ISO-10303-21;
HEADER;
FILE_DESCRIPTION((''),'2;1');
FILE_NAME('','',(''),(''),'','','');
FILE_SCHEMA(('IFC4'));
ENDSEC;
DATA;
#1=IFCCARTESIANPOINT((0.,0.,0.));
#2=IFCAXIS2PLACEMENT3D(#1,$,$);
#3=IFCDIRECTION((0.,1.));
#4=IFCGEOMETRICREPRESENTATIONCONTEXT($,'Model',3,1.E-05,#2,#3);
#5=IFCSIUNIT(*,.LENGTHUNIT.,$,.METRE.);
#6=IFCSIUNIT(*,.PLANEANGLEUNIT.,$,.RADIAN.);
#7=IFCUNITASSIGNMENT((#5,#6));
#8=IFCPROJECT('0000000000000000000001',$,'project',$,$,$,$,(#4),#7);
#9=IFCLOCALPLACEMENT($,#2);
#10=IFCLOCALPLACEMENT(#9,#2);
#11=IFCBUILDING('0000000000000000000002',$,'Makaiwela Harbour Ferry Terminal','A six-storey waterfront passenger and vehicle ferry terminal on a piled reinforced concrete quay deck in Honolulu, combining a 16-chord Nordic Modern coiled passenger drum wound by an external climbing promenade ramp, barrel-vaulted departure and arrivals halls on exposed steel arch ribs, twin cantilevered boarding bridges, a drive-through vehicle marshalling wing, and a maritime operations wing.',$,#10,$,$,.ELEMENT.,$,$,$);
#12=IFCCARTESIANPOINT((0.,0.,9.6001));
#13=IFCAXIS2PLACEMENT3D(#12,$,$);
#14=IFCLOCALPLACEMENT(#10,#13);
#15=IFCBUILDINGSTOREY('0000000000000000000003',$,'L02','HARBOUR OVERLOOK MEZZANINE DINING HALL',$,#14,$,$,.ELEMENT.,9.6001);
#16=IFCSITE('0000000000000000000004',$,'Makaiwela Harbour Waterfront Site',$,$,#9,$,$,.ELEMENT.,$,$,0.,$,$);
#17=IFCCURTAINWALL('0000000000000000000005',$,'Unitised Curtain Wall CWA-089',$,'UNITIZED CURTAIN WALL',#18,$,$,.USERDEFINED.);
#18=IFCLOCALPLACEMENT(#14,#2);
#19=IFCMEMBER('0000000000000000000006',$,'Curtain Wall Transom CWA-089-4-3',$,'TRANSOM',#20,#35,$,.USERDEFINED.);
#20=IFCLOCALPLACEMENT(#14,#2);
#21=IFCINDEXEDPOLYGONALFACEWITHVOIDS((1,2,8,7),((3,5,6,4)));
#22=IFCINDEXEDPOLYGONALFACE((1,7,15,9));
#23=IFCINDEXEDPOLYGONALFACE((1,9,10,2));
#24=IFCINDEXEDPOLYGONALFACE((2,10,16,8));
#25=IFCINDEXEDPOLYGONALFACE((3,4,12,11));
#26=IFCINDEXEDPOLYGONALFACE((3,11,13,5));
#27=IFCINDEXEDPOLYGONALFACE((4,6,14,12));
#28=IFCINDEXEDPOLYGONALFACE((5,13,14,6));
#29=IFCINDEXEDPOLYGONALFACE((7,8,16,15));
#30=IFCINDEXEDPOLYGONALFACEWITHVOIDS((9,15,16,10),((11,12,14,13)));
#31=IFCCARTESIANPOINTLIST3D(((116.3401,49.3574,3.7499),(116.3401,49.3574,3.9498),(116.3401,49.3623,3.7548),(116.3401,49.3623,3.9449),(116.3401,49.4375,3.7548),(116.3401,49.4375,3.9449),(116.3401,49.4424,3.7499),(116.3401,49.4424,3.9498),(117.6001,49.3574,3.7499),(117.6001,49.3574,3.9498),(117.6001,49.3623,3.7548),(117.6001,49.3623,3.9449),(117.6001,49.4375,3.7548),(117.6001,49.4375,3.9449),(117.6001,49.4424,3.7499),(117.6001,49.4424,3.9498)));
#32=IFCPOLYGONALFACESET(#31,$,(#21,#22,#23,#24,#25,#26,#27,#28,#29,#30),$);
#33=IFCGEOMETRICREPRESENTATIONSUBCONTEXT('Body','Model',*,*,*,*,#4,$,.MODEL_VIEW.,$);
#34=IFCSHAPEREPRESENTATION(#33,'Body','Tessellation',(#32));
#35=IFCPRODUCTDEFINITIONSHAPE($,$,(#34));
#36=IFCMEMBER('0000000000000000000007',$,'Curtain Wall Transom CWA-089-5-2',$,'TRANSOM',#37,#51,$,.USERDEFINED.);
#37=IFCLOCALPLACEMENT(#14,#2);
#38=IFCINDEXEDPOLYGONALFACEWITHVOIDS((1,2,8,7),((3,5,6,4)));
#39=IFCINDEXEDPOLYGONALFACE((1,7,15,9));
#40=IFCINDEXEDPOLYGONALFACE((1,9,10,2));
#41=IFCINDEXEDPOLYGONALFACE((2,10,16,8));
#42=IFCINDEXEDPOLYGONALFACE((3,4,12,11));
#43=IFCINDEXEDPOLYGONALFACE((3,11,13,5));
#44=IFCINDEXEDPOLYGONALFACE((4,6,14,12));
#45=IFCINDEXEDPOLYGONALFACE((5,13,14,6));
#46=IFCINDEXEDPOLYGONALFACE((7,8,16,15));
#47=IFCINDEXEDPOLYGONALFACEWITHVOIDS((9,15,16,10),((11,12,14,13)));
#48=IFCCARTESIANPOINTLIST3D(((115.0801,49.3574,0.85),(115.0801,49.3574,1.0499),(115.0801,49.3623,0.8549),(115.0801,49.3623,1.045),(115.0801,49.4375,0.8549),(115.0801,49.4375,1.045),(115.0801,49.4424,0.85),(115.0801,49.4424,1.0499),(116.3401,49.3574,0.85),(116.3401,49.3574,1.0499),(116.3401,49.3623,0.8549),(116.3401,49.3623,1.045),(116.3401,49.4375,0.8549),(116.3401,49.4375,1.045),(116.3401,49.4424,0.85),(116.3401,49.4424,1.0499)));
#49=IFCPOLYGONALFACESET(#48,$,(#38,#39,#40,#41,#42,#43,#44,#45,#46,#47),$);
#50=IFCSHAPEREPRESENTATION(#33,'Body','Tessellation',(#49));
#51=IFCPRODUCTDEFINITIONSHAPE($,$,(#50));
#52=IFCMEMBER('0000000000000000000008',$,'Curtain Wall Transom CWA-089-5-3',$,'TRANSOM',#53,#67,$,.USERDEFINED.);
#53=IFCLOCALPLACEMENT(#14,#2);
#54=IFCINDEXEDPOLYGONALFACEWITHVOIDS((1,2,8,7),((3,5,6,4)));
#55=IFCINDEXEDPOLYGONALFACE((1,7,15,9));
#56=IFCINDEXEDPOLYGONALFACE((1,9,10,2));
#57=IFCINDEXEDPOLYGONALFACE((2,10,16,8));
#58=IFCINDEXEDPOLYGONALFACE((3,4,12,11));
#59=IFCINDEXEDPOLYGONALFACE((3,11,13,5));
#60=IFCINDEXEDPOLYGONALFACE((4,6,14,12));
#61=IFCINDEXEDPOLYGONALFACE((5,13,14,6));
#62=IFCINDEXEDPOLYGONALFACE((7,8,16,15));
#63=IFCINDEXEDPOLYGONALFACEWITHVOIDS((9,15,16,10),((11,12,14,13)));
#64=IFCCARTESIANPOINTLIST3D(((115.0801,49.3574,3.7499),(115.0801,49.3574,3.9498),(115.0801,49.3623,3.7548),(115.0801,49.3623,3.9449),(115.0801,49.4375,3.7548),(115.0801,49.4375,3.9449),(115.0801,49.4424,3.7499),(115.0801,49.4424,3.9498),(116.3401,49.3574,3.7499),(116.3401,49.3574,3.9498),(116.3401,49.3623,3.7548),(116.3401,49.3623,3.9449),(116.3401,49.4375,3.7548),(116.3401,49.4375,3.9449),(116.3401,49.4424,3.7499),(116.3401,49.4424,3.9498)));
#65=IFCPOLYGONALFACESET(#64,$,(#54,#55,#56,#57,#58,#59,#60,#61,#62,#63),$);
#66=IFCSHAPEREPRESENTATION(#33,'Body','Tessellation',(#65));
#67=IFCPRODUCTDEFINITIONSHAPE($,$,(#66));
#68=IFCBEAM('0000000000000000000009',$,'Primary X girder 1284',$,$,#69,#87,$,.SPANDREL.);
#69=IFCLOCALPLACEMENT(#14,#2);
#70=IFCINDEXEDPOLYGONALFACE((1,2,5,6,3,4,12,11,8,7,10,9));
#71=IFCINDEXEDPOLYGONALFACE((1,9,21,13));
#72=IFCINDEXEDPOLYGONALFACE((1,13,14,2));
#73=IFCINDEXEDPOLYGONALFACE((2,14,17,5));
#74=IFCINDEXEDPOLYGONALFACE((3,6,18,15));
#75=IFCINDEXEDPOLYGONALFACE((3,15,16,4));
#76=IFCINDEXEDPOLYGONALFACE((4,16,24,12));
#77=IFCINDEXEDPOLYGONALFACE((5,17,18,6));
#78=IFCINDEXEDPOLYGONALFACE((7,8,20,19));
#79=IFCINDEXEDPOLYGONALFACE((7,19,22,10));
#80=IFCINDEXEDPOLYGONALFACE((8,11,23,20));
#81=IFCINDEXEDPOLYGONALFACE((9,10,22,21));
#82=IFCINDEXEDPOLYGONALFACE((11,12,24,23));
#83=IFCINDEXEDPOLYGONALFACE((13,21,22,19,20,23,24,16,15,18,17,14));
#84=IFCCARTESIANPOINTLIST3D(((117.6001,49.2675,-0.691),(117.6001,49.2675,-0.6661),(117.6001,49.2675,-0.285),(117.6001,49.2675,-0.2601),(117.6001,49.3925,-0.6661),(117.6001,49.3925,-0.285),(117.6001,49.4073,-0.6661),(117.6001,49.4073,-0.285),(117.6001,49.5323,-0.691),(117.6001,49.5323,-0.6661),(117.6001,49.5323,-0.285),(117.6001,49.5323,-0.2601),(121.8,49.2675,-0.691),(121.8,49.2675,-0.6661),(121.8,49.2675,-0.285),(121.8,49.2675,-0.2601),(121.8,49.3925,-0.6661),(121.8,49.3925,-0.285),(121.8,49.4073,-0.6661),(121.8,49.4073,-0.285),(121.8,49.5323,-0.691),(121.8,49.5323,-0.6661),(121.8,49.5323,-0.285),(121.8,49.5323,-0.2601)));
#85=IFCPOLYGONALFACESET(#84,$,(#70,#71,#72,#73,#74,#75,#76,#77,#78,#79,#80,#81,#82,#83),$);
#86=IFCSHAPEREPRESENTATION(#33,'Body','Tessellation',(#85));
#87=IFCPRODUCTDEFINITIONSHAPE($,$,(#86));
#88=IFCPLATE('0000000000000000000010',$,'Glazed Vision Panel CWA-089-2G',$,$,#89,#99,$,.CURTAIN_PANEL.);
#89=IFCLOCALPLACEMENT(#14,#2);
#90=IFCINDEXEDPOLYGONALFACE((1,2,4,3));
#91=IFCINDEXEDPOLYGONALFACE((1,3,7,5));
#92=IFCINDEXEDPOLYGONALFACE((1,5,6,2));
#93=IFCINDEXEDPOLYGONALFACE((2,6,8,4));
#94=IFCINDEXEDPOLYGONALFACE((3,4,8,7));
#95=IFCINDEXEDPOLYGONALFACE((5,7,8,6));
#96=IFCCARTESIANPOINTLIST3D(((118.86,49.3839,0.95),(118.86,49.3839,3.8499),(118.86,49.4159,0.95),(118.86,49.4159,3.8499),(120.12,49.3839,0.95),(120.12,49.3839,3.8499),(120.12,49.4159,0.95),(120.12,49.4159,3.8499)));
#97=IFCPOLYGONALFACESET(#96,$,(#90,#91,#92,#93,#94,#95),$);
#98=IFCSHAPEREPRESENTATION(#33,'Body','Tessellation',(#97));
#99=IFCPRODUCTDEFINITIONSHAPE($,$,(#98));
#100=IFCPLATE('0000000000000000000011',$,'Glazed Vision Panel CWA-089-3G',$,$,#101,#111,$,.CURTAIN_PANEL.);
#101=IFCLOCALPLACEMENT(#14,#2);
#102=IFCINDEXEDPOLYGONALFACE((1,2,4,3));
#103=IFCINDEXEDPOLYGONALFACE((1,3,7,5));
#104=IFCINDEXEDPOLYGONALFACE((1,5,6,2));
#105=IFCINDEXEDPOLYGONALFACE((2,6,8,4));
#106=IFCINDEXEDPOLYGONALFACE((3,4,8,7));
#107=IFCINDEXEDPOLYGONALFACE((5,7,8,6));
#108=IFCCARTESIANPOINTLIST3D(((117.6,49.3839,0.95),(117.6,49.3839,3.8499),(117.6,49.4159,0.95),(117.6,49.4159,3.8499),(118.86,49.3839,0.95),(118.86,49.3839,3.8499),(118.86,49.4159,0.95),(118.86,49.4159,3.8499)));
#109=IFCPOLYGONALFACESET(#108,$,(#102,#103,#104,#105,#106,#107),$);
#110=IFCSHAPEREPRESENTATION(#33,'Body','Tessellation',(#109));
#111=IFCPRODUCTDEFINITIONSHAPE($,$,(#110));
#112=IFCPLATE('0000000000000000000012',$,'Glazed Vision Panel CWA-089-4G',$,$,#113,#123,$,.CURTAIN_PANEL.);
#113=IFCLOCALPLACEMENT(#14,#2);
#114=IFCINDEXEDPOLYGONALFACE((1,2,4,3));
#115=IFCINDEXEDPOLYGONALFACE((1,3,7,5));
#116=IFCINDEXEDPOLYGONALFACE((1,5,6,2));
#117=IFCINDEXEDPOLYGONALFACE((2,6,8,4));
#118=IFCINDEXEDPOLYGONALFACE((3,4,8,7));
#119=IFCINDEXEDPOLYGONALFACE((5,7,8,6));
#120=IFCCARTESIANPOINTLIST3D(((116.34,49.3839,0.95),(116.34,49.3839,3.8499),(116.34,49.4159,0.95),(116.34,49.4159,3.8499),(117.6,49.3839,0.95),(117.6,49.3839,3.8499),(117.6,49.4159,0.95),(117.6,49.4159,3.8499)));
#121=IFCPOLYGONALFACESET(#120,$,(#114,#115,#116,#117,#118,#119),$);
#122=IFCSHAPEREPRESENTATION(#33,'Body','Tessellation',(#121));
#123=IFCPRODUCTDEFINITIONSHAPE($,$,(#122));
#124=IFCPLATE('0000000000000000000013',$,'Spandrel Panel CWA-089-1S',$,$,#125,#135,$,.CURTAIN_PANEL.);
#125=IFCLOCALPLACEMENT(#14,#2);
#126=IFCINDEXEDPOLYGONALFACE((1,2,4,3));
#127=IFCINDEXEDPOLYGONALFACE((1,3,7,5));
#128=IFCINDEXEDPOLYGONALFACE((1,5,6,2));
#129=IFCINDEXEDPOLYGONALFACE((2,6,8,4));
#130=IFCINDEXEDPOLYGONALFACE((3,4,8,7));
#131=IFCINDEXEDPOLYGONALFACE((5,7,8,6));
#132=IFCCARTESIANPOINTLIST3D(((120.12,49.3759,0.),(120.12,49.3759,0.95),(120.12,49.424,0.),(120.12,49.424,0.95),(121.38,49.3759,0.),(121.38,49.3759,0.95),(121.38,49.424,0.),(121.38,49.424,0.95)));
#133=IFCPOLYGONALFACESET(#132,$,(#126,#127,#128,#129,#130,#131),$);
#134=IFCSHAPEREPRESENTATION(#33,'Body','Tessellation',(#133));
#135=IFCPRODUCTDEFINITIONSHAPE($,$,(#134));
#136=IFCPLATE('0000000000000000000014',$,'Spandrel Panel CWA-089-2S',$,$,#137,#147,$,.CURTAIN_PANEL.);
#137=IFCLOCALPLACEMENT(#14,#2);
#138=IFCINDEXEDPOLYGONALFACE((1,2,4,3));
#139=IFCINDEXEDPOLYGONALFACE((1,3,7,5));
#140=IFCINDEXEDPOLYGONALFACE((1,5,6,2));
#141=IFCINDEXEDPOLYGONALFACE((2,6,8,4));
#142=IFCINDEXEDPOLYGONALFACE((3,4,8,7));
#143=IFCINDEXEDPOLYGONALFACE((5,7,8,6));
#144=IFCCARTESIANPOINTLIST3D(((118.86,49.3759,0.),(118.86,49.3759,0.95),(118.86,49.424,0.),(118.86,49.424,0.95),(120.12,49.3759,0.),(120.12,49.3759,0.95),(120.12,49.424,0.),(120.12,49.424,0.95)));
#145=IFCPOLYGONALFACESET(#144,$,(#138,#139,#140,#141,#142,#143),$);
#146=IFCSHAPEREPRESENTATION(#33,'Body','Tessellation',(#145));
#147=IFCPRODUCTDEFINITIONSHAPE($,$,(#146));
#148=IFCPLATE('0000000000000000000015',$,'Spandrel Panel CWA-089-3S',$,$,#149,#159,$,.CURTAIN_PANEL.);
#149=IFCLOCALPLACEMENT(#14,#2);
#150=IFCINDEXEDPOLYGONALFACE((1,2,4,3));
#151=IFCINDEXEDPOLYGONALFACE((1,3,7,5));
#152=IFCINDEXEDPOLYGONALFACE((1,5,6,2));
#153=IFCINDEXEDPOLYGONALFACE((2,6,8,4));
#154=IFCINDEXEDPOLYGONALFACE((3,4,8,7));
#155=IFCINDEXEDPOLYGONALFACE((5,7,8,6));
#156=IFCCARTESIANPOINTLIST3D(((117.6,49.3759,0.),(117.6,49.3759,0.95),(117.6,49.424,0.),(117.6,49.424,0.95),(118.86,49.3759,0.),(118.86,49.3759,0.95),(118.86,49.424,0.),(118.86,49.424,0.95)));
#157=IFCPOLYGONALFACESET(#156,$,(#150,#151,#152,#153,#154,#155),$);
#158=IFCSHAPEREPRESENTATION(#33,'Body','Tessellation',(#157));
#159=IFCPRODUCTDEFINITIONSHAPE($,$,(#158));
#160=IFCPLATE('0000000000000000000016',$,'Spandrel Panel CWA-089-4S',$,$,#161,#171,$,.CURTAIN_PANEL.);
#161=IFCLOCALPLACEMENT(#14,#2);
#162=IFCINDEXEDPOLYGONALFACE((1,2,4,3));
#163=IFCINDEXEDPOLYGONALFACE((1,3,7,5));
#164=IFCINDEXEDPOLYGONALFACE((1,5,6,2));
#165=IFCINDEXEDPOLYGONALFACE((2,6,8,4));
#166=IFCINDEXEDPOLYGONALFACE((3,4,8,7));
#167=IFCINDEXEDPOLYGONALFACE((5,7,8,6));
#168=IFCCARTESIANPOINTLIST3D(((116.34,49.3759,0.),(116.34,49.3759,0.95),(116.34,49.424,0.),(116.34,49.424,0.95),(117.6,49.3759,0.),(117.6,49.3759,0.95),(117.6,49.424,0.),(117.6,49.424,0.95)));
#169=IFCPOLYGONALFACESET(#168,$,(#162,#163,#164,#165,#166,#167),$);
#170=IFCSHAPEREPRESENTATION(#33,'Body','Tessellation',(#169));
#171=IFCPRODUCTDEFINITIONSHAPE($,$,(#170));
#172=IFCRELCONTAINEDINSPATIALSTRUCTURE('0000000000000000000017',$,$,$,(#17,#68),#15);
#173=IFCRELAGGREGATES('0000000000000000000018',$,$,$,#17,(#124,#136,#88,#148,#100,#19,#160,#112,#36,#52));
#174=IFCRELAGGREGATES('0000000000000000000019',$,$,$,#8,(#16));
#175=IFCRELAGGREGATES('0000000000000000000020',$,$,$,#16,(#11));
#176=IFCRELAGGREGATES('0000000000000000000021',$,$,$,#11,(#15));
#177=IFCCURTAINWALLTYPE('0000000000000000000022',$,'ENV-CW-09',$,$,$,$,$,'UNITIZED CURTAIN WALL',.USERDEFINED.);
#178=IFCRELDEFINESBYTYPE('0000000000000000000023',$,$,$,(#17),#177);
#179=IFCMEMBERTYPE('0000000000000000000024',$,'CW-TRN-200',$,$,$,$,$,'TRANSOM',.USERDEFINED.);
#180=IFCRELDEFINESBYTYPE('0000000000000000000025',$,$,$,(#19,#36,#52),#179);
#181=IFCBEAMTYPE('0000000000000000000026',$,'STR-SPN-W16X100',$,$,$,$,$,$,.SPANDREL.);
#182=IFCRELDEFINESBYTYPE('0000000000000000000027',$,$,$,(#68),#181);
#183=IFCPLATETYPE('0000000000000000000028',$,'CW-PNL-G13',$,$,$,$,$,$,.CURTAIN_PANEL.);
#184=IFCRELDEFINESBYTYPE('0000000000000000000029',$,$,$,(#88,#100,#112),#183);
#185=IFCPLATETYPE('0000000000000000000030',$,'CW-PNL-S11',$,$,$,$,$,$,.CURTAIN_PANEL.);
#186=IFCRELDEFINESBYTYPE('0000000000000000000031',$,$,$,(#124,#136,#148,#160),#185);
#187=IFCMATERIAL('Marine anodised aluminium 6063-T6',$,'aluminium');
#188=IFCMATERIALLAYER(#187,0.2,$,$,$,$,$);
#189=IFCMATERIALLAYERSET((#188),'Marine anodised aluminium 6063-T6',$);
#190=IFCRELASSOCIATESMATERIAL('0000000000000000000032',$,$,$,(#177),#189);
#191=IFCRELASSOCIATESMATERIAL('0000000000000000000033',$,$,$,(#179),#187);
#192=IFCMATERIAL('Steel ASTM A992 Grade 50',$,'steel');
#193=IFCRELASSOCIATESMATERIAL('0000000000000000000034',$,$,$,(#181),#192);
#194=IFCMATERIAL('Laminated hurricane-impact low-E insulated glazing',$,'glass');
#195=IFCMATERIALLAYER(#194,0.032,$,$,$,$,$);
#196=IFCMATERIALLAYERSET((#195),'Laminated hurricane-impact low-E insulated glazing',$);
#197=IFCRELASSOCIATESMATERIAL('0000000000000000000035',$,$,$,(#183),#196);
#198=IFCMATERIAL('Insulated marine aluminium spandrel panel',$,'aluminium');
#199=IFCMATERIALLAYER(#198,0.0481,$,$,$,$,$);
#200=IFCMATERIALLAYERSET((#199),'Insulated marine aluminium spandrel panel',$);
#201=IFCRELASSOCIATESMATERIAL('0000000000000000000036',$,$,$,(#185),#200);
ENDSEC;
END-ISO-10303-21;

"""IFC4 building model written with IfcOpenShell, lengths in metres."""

from ifc_helpers import new_model, si_unit, direction, frame, origin, origin_2d, place, context, subcontext, project, spatial, rectangle, hollow_rectangle, i_section, extrude, material, layer, layer_set, material_profile, profile_set, type_object, element, aggregate, save


model = new_model("IFC4")

# Units and contexts
model_context = context("Model", 3, precision=1e-05, world=origin(), true_north=direction((0.0, 1.0)))
body_context = subcontext(model_context, "Body", "Model", "MODEL_VIEW")
ifc_project = project(units=[si_unit("LENGTHUNIT", "METRE"), si_unit("PLANEANGLEUNIT", "RADIAN")], contexts=[model_context])

# Site, building, storey
site_placement = place(None, origin())
site = spatial("IfcSite", under=ifc_project, at=site_placement, Name="Makaiwela Harbour Waterfront Site", CompositionType="ELEMENT", RefElevation=0.0)
building_placement = place(site_placement, origin())
building = spatial("IfcBuilding", under=site, at=building_placement, Name="Makaiwela Harbour Ferry Terminal", Description="A six-storey waterfront passenger and vehicle ferry terminal on a piled reinforced concrete quay deck in Honolulu, combining a 16-chord Nordic Modern coiled passenger drum wound by an external climbing promenade ramp, barrel-vaulted departure and arrivals halls on exposed steel arch ribs, twin cantilevered boarding bridges, a drive-through vehicle marshalling wing, and a maritime operations wing.", CompositionType="ELEMENT")
storey_placement = place(building_placement, frame((0.0, 0.0, 9.6001)))
storey = spatial("IfcBuildingStorey", under=building, at=storey_placement, Name="L02", Description="HARBOUR OVERLOOK MEZZANINE DINING HALL", CompositionType="ELEMENT", Elevation=9.6001)

# Curtain wall, members
ifc_material_1 = material(Name="Marine anodised aluminium 6063-T6", Category="aluminium")
ifc_layer_1 = layer(ifc_material_1, 0.2)
ifc_layer_set_1 = layer_set([ifc_layer_1], Name="Marine anodised aluminium 6063-T6")
curtain_wall_type = type_object("IfcCurtainWallType", Name="ENV-CW-09", ElementType="UNITIZED CURTAIN WALL", PredefinedType="USERDEFINED", material=ifc_layer_set_1)
curtain_wall_placement = place(storey_placement, origin())
curtain_wall = element("IfcCurtainWall", 1, at=curtain_wall_placement, inside=storey, type_object=curtain_wall_type, Name="Unitised Curtain Wall CWA-089", ObjectType="UNITIZED CURTAIN WALL", PredefinedType="USERDEFINED")
ifc_material_profile_1 = material_profile(ifc_material_1, hollow_rectangle(XDim=0.085, YDim=0.2, WallThickness=0.0049, at=origin_2d()), Name="CWT-200X85")
ifc_profile_set_1 = profile_set([ifc_material_profile_1], Name="Marine anodised aluminium 6063-T6")
member_type_1 = type_object("IfcMemberType", Name="CW-TRN-200", ElementType="TRANSOM", PredefinedType="USERDEFINED", material=ifc_profile_set_1)
member_1_placement = place(storey_placement, frame((117.6001, 49.3999, 3.8499), z_axis=(-1.0, 0.0, 0.0), x_axis=(0.0, -1.0, 0.0)))
member_1 = element("IfcMember", 2, at=member_1_placement, type_object=member_type_1, Name="Curtain Wall Transom CWA-089-4-3", ObjectType="TRANSOM", PredefinedType="USERDEFINED", context=body_context, shape_type="SweptSolid", body=[
    extrude(hollow_rectangle(XDim=0.085, YDim=0.2, WallThickness=0.0049, at=origin_2d()), origin(), (0.0, 0.0, 1.0), 1.26),
])
member_2_placement = place(storey_placement, frame((116.3401, 49.3999, 0.95), z_axis=(-1.0, 0.0, 0.0), x_axis=(0.0, -1.0, 0.0)))
member_2 = element("IfcMember", 3, at=member_2_placement, type_object=member_type_1, Name="Curtain Wall Transom CWA-089-5-2", ObjectType="TRANSOM", PredefinedType="USERDEFINED", context=body_context, shape_type="SweptSolid", body=[
    extrude(hollow_rectangle(XDim=0.085, YDim=0.2, WallThickness=0.0049, at=origin_2d()), origin(), (0.0, 0.0, 1.0), 1.26),
])
member_3_placement = place(storey_placement, frame((116.3401, 49.3999, 3.8499), z_axis=(-1.0, 0.0, 0.0), x_axis=(0.0, -1.0, 0.0)))
member_3 = element("IfcMember", 4, at=member_3_placement, type_object=member_type_1, Name="Curtain Wall Transom CWA-089-5-3", ObjectType="TRANSOM", PredefinedType="USERDEFINED", context=body_context, shape_type="SweptSolid", body=[
    extrude(hollow_rectangle(XDim=0.085, YDim=0.2, WallThickness=0.0049, at=origin_2d()), origin(), (0.0, 0.0, 1.0), 1.26),
])

# Beam
ifc_material_2 = material(Name="Steel ASTM A992 Grade 50", Category="steel")
ifc_material_profile_2 = material_profile(ifc_material_2, i_section(OverallWidth=0.2649, OverallDepth=0.4309, WebThickness=0.0149, FlangeThickness=0.0249, at=origin_2d()), Name="W16X100")
ifc_profile_set_2 = profile_set([ifc_material_profile_2], Name="Steel ASTM A992 Grade 50")
beam_type = type_object("IfcBeamType", Name="STR-SPN-W16X100", PredefinedType="SPANDREL", material=ifc_profile_set_2)
beam_placement = place(storey_placement, frame((117.6001, 49.3999, -0.4756), z_axis=(1.0, 0.0, 0.0), x_axis=(0.0, 1.0, 0.0)))
element("IfcBeam", 5, at=beam_placement, inside=storey, type_object=beam_type, Name="Primary X girder 1284", PredefinedType="SPANDREL", context=body_context, shape_type="SweptSolid", body=[
    extrude(i_section(OverallWidth=0.2649, OverallDepth=0.4309, WebThickness=0.0149, FlangeThickness=0.0249, at=origin_2d()), origin(), (0.0, 0.0, 1.0), 4.2),
])

# Plates
ifc_material_3 = material(Name="Laminated hurricane-impact low-E insulated glazing", Category="glass")
ifc_layer_2 = layer(ifc_material_3, 0.032)
ifc_layer_set_2 = layer_set([ifc_layer_2], Name="Laminated hurricane-impact low-E insulated glazing")
plate_type_1 = type_object("IfcPlateType", Name="CW-PNL-G13", PredefinedType="CURTAIN_PANEL", material=ifc_layer_set_2)
plate_1_placement = place(storey_placement, frame((119.49, 49.3999, 0.95), z_axis=(0.0, 0.0, 1.0), x_axis=(-1.0, 0.0, 0.0)))
plate_1 = element("IfcPlate", 6, at=plate_1_placement, type_object=plate_type_1, Name="Glazed Vision Panel CWA-089-2G", PredefinedType="CURTAIN_PANEL", context=body_context, shape_type="SweptSolid", body=[
    extrude(rectangle(XDim=1.26, YDim=0.032, at=origin_2d()), origin(), (0.0, 0.0, 1.0), 2.8999),
])
plate_2_placement = place(storey_placement, frame((118.23, 49.3999, 0.95), z_axis=(0.0, 0.0, 1.0), x_axis=(-1.0, 0.0, 0.0)))
plate_2 = element("IfcPlate", 7, at=plate_2_placement, type_object=plate_type_1, Name="Glazed Vision Panel CWA-089-3G", PredefinedType="CURTAIN_PANEL", context=body_context, shape_type="SweptSolid", body=[
    extrude(rectangle(XDim=1.26, YDim=0.032, at=origin_2d()), origin(), (0.0, 0.0, 1.0), 2.8999),
])
plate_3_placement = place(storey_placement, frame((116.97, 49.3999, 0.95), z_axis=(0.0, 0.0, 1.0), x_axis=(-1.0, 0.0, 0.0)))
plate_3 = element("IfcPlate", 8, at=plate_3_placement, type_object=plate_type_1, Name="Glazed Vision Panel CWA-089-4G", PredefinedType="CURTAIN_PANEL", context=body_context, shape_type="SweptSolid", body=[
    extrude(rectangle(XDim=1.26, YDim=0.032, at=origin_2d()), origin(), (0.0, 0.0, 1.0), 2.8999),
])
ifc_material_4 = material(Name="Insulated marine aluminium spandrel panel", Category="aluminium")
ifc_layer_3 = layer(ifc_material_4, 0.0481)
ifc_layer_set_3 = layer_set([ifc_layer_3], Name="Insulated marine aluminium spandrel panel")
plate_type_2 = type_object("IfcPlateType", Name="CW-PNL-S11", PredefinedType="CURTAIN_PANEL", material=ifc_layer_set_3)
plate_4_placement = place(storey_placement, frame((120.75, 49.3999, 0.0), z_axis=(0.0, 0.0, 1.0), x_axis=(-1.0, 0.0, 0.0)))
plate_4 = element("IfcPlate", 9, at=plate_4_placement, type_object=plate_type_2, Name="Spandrel Panel CWA-089-1S", PredefinedType="CURTAIN_PANEL", context=body_context, shape_type="SweptSolid", body=[
    extrude(rectangle(XDim=1.26, YDim=0.0481, at=origin_2d()), origin(), (0.0, 0.0, 1.0), 0.95),
])
plate_5_placement = place(storey_placement, frame((119.49, 49.3999, 0.0), z_axis=(0.0, 0.0, 1.0), x_axis=(-1.0, 0.0, 0.0)))
plate_5 = element("IfcPlate", 10, at=plate_5_placement, type_object=plate_type_2, Name="Spandrel Panel CWA-089-2S", PredefinedType="CURTAIN_PANEL", context=body_context, shape_type="SweptSolid", body=[
    extrude(rectangle(XDim=1.26, YDim=0.0481, at=origin_2d()), origin(), (0.0, 0.0, 1.0), 0.95),
])
plate_6_placement = place(storey_placement, frame((118.23, 49.3999, 0.0), z_axis=(0.0, 0.0, 1.0), x_axis=(-1.0, 0.0, 0.0)))
plate_6 = element("IfcPlate", 11, at=plate_6_placement, type_object=plate_type_2, Name="Spandrel Panel CWA-089-3S", PredefinedType="CURTAIN_PANEL", context=body_context, shape_type="SweptSolid", body=[
    extrude(rectangle(XDim=1.26, YDim=0.0481, at=origin_2d()), origin(), (0.0, 0.0, 1.0), 0.95),
])
plate_7_placement = place(storey_placement, frame((116.97, 49.3999, 0.0), z_axis=(0.0, 0.0, 1.0), x_axis=(-1.0, 0.0, 0.0)))
plate_7 = element("IfcPlate", 12, at=plate_7_placement, type_object=plate_type_2, Name="Spandrel Panel CWA-089-4S", PredefinedType="CURTAIN_PANEL", context=body_context, shape_type="SweptSolid", body=[
    extrude(rectangle(XDim=1.26, YDim=0.0481, at=origin_2d()), origin(), (0.0, 0.0, 1.0), 0.95),
])
aggregate(curtain_wall, [plate_4, plate_5, plate_1, plate_6, plate_2, member_1, plate_7, plate_3, member_2, member_3])

save(model, "model.ifc")
